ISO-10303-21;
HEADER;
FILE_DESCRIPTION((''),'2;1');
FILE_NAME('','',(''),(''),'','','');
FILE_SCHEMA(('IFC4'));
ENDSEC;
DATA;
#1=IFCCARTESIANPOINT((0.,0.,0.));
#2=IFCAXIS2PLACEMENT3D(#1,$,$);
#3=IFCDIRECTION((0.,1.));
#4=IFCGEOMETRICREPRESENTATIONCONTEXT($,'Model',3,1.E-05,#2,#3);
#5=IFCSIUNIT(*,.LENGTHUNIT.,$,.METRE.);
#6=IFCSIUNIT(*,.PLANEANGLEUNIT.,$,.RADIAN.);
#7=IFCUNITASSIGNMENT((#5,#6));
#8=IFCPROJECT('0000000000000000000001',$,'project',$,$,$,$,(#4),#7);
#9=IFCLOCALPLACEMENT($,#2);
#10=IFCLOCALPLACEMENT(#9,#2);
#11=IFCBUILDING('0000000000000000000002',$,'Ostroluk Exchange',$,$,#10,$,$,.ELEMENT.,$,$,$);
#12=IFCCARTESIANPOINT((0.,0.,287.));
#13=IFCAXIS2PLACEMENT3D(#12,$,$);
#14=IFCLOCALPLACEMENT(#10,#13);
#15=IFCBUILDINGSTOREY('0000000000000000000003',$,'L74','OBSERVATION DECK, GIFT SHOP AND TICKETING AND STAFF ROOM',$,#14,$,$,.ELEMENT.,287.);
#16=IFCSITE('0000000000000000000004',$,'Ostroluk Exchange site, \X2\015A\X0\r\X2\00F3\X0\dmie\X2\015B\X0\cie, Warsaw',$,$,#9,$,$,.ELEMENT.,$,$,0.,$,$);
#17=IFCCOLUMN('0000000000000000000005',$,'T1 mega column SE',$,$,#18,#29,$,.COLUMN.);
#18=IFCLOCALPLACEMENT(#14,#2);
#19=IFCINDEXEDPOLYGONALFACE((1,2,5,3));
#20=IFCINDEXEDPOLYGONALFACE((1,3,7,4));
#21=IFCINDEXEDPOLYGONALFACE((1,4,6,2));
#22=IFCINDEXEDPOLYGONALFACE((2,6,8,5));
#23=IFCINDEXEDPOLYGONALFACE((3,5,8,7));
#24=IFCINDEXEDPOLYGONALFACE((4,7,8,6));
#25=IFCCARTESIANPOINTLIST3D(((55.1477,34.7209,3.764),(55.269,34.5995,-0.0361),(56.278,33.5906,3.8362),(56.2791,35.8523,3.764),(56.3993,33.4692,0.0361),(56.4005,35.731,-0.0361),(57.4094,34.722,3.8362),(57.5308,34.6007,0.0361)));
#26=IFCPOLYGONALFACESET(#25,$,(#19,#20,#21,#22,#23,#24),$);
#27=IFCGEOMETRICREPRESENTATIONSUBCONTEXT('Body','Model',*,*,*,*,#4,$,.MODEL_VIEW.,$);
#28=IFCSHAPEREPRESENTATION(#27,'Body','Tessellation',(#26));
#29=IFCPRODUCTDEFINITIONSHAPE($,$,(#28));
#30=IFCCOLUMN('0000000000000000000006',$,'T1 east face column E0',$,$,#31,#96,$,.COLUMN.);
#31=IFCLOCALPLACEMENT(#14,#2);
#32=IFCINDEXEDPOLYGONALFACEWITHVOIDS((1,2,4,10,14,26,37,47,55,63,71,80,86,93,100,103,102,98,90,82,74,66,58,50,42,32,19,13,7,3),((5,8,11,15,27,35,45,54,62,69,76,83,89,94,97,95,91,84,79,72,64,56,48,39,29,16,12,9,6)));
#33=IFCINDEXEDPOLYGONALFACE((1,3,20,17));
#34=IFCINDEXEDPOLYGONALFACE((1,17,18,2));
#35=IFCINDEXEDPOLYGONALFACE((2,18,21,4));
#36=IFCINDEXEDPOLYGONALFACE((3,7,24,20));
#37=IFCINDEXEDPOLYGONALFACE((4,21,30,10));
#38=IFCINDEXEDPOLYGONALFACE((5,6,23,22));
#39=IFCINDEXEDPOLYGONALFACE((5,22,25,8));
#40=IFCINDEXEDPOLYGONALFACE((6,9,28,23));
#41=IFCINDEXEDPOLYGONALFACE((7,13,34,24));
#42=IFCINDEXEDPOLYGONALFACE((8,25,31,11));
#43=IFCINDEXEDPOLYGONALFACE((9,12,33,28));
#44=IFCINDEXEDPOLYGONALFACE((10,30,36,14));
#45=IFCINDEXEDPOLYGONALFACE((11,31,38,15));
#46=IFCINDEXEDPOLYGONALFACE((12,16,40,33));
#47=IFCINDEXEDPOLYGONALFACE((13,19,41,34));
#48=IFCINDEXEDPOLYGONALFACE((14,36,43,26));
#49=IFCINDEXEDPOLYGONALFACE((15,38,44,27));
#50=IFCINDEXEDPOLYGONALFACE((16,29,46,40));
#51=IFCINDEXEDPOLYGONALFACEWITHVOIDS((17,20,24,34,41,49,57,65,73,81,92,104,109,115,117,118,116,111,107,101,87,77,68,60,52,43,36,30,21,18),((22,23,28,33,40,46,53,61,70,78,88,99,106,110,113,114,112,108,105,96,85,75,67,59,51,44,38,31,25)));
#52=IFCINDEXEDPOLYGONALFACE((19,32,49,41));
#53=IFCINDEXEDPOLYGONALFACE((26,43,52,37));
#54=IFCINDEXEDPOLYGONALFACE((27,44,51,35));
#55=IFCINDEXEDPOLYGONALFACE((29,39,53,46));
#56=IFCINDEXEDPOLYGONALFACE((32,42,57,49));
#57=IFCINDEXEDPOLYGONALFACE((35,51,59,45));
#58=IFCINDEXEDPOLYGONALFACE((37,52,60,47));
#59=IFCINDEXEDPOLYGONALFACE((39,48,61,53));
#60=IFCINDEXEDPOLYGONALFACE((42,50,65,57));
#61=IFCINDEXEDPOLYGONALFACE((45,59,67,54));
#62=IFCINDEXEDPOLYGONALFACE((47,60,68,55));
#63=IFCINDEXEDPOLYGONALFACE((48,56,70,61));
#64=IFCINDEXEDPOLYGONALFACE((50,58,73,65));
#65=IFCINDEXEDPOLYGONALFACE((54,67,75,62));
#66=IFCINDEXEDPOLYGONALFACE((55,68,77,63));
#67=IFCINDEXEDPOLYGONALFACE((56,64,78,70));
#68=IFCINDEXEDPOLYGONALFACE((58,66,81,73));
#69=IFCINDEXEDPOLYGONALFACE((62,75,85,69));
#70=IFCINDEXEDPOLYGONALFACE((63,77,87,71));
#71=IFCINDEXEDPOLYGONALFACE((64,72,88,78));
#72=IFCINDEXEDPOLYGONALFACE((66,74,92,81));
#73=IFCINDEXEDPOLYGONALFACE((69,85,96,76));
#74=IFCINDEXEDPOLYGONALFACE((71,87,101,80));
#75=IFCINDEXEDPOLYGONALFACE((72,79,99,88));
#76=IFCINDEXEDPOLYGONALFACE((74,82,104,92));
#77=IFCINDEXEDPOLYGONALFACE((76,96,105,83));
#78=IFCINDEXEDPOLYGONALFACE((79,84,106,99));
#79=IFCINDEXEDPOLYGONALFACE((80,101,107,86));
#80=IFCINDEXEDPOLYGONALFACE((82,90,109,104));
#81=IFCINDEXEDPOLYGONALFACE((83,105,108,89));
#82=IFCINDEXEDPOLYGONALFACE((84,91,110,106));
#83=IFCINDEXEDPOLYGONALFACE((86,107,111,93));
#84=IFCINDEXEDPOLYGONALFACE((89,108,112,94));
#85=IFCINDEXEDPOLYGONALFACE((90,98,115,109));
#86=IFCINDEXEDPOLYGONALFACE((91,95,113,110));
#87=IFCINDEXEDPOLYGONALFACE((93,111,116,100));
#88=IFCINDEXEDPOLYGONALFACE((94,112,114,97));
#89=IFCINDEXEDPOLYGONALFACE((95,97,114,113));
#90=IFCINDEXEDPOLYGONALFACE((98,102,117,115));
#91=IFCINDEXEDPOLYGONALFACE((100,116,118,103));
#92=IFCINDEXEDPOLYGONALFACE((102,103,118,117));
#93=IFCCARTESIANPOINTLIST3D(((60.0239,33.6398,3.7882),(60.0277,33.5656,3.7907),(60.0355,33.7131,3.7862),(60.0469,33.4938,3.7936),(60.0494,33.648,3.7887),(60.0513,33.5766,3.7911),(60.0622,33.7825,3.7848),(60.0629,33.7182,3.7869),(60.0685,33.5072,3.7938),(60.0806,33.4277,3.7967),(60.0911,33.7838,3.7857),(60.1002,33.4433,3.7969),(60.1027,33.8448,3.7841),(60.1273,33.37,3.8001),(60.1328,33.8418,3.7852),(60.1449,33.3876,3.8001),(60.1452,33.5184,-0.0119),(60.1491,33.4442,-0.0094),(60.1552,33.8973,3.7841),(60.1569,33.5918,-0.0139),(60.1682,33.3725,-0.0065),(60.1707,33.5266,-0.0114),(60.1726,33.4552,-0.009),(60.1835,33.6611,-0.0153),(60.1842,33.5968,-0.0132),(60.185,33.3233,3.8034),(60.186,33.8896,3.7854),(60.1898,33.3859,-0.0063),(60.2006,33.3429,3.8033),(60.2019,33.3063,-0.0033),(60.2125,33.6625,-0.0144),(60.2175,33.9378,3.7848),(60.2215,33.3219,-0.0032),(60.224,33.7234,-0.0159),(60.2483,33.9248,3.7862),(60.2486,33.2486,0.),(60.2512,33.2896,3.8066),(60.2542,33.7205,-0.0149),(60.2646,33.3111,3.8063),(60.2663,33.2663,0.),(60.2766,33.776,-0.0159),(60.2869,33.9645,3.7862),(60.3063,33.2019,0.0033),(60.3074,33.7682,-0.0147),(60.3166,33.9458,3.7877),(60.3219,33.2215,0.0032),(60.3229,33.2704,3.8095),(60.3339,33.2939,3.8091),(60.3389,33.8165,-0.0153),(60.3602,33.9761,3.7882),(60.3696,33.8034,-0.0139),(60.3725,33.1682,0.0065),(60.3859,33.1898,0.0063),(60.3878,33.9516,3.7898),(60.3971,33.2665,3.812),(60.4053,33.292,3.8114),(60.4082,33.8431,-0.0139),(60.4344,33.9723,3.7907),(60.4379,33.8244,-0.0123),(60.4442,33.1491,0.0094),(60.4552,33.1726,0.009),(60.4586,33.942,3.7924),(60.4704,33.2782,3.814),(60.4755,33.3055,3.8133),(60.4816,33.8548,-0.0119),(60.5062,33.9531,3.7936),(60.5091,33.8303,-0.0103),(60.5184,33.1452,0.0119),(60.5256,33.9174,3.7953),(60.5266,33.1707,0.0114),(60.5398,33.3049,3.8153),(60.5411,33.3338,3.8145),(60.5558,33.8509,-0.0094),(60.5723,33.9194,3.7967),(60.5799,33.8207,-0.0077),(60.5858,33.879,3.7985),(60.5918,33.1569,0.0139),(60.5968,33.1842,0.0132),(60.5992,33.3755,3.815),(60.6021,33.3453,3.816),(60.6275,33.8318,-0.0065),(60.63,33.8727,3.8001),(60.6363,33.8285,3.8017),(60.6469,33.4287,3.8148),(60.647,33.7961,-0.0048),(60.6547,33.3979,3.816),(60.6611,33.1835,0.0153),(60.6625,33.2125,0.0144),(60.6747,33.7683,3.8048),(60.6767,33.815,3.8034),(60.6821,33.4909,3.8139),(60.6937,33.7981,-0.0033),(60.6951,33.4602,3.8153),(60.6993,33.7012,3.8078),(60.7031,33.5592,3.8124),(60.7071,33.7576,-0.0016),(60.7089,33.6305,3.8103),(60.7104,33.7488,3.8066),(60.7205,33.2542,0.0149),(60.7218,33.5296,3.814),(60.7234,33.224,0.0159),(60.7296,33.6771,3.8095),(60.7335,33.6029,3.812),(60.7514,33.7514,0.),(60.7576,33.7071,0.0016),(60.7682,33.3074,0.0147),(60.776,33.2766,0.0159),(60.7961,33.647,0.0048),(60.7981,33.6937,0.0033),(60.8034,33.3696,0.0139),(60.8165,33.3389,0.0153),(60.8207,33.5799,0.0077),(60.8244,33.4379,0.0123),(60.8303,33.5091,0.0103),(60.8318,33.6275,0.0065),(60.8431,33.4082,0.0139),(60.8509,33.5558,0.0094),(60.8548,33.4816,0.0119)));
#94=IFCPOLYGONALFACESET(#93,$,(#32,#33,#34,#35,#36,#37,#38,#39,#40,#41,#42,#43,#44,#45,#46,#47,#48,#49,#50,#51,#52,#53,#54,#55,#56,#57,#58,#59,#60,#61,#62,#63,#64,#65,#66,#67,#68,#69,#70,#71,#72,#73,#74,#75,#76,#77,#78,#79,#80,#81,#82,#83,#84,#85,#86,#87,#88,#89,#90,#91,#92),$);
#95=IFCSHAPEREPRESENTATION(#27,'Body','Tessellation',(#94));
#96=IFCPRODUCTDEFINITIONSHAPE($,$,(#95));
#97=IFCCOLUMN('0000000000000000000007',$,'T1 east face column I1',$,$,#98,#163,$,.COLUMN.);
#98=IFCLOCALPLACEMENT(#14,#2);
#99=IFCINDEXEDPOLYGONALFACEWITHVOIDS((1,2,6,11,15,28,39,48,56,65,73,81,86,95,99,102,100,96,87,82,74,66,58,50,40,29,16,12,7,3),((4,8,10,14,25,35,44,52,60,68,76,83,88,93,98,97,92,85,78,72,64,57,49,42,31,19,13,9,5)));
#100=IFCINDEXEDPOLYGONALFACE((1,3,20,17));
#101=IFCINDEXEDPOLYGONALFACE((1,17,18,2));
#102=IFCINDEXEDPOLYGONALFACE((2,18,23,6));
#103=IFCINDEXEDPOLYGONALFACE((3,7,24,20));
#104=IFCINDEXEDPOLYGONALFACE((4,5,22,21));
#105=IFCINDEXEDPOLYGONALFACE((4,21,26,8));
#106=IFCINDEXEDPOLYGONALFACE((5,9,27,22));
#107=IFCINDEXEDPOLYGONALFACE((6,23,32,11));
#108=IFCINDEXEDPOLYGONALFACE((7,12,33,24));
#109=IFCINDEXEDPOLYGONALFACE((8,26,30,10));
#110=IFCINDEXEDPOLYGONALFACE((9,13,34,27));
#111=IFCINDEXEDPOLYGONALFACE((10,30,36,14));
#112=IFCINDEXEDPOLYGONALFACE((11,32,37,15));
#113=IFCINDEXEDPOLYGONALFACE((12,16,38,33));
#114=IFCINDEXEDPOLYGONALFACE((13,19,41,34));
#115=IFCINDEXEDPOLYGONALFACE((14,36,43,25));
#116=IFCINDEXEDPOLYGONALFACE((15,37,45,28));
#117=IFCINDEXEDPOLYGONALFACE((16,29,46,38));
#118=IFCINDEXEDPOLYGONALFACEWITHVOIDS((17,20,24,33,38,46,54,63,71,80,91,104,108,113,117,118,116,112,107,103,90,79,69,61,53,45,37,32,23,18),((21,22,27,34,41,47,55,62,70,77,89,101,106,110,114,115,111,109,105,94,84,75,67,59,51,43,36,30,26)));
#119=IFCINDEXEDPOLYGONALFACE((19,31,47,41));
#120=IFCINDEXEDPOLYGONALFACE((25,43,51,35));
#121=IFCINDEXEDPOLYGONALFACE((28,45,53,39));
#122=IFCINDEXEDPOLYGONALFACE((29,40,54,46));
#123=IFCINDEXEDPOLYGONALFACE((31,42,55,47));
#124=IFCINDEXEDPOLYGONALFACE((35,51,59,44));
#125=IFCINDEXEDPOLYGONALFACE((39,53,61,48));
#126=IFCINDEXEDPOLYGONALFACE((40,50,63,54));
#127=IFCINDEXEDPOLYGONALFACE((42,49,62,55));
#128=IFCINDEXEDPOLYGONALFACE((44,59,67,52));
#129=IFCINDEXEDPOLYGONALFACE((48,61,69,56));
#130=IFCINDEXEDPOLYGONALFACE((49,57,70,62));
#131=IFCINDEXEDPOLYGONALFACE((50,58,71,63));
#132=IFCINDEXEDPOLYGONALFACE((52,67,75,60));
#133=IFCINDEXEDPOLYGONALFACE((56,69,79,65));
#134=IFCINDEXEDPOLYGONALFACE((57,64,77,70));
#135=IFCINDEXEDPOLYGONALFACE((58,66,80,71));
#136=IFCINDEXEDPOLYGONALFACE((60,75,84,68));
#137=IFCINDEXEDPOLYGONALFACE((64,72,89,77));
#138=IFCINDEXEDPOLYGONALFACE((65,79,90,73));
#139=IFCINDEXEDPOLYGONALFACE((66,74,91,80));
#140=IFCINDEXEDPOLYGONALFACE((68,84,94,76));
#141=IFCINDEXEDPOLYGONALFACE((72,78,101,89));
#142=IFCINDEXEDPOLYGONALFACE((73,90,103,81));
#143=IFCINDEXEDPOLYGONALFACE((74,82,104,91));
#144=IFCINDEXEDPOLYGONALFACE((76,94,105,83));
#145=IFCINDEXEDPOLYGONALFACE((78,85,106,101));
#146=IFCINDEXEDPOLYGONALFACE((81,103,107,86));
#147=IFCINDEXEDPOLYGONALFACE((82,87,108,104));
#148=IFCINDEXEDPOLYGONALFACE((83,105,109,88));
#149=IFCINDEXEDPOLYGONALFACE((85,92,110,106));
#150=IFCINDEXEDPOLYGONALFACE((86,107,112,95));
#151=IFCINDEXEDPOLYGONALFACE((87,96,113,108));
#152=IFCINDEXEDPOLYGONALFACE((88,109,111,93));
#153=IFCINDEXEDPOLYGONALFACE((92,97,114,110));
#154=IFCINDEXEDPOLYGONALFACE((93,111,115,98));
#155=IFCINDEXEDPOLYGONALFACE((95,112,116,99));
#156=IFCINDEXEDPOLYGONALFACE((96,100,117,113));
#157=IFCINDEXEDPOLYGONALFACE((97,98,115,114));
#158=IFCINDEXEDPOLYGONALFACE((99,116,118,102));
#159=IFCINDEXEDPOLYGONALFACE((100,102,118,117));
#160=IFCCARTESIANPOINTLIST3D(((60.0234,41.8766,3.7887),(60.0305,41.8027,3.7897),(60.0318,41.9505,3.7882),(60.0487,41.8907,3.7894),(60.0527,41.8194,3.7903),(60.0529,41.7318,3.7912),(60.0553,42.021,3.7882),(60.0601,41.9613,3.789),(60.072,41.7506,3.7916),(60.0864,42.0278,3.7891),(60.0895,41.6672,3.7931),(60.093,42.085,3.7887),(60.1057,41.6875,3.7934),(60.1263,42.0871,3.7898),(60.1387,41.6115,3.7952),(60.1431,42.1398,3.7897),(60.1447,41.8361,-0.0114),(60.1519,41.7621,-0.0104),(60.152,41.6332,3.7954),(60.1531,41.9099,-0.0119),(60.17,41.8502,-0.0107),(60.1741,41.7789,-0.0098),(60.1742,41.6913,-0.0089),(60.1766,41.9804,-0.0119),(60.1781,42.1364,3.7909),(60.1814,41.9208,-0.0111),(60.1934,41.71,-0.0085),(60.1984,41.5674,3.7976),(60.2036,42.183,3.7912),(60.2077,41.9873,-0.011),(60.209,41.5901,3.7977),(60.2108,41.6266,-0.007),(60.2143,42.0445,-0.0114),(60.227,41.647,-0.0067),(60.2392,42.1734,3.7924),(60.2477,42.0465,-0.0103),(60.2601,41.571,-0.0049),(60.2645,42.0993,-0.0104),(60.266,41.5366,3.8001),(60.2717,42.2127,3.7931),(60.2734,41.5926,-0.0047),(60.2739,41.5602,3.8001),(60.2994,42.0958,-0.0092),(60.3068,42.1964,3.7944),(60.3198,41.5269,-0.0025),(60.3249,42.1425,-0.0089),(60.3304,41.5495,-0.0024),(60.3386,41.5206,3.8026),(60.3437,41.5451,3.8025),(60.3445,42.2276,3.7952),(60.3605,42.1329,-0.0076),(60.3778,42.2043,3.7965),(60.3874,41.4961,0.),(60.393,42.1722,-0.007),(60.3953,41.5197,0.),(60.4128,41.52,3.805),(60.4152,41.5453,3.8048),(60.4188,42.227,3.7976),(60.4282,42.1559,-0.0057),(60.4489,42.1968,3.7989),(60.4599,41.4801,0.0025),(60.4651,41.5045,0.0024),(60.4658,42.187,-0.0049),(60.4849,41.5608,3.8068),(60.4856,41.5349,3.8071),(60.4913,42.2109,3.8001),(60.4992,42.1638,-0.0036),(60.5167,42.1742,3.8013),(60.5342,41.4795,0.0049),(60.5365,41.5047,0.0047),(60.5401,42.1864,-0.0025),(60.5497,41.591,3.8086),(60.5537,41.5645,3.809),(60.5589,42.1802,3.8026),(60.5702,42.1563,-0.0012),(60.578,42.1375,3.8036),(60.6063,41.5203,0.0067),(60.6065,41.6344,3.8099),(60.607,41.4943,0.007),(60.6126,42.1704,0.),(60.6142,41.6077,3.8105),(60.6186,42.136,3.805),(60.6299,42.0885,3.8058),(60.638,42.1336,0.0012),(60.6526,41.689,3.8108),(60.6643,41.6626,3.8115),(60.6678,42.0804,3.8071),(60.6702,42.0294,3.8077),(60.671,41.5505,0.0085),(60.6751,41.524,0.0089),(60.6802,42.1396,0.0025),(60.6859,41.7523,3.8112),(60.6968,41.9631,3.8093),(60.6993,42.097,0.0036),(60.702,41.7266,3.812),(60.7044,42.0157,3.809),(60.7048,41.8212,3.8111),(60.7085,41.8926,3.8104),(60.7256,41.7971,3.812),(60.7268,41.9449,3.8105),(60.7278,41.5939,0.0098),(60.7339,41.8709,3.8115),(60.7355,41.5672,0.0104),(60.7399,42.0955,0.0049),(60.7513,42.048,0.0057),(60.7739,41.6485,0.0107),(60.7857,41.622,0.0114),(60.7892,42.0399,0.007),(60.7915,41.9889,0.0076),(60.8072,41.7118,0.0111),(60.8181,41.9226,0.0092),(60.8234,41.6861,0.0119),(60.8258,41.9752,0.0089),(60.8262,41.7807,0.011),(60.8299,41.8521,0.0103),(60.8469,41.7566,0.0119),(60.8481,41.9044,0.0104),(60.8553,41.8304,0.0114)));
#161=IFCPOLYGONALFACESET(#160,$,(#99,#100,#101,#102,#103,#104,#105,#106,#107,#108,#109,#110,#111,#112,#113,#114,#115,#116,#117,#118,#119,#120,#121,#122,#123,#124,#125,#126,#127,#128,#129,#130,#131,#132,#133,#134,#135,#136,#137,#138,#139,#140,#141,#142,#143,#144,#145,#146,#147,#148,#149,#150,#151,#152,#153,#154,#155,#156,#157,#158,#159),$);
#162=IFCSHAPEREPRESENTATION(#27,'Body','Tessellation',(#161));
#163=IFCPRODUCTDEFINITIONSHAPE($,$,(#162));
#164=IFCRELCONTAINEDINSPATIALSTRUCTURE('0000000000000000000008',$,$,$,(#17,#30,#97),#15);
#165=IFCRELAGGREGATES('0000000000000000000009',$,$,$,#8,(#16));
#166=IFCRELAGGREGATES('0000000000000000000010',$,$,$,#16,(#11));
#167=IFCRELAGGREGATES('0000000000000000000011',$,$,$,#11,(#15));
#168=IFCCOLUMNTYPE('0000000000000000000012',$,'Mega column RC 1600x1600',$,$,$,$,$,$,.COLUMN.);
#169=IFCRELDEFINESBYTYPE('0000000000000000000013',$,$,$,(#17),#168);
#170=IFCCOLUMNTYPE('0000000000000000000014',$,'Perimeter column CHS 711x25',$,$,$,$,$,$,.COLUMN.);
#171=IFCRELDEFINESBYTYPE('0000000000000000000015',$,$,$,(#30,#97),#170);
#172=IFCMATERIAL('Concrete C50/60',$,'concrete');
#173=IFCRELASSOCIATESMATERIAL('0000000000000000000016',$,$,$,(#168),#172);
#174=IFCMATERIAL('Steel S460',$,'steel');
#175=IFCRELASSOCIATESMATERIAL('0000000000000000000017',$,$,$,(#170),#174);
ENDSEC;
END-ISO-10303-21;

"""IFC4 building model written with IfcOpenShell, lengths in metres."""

from ifc_helpers import new_model, si_unit, direction, frame, origin, origin_2d, place, context, subcontext, project, spatial, rectangle, hollow_circle, extrude, material, material_profile, profile_set, type_object, element, save


model = new_model("IFC4")

# Units and contexts
model_context = context("Model", 3, precision=1e-05, world=origin(), true_north=direction((0.0, 1.0)))
body_context = subcontext(model_context, "Body", "Model", "MODEL_VIEW")
ifc_project = project(units=[si_unit("LENGTHUNIT", "METRE"), si_unit("PLANEANGLEUNIT", "RADIAN")], contexts=[model_context])

# Site, building, storey
site_placement = place(None, origin())
site = spatial("IfcSite", under=ifc_project, at=site_placement, Name="Ostroluk Exchange site, Śródmieście, Warsaw", CompositionType="ELEMENT", RefElevation=0.0)
building_placement = place(site_placement, origin())
building = spatial("IfcBuilding", under=site, at=building_placement, Name="Ostroluk Exchange", CompositionType="ELEMENT")
storey_placement = place(building_placement, frame((0.0, 0.0, 287.0)))
storey = spatial("IfcBuildingStorey", under=building, at=storey_placement, Name="L74", Description="OBSERVATION DECK, GIFT SHOP AND TICKETING AND STAFF ROOM", CompositionType="ELEMENT", Elevation=287.0)

# Columns
ifc_material_1 = material(Name="Concrete C50/60", Category="concrete")
ifc_material_profile_1 = material_profile(ifc_material_1, rectangle(XDim=1.6001, YDim=1.6001, at=origin_2d()), Name="RC 1600x1600")
ifc_profile_set_1 = profile_set([ifc_material_profile_1], Name="Concrete C50/60")
column_type_1 = type_object("IfcColumnType", Name="Mega column RC 1600x1600", PredefinedType="COLUMN", material=ifc_profile_set_1)
column_1_placement = place(storey_placement, frame((56.3999, 34.6001, 0.0), z_axis=(-0.031898, 0.031898, 0.998982), x_axis=(-0.707107, -0.707107, 0.0)))
element("IfcColumn", 1, at=column_1_placement, inside=storey, type_object=column_type_1, Name="T1 mega column SE", PredefinedType="COLUMN", context=body_context, shape_type="SweptSolid", body=[
    extrude(rectangle(XDim=1.6001, YDim=1.6001, at=origin_2d()), origin(), (0.0, 0.0, 1.0), 3.804),
])
ifc_material_2 = material(Name="Steel S460", Category="steel")
ifc_material_profile_2 = material_profile(ifc_material_2, hollow_circle(Radius=0.3555, WallThickness=0.0249, at=origin_2d()), Name="CHS 711x25")
ifc_profile_set_2 = profile_set([ifc_material_profile_2], Name="Steel S460")
column_type_2 = type_object("IfcColumnType", Name="Perimeter column CHS 711x25", PredefinedType="COLUMN", material=ifc_profile_set_2)
column_2_placement = place(storey_placement, frame((60.5, 33.5, 0.0), z_axis=(-0.031898, 0.031898, 0.998982), x_axis=(-0.707107, -0.707107, 0.0)))
element("IfcColumn", 2, at=column_2_placement, inside=storey, type_object=column_type_2, Name="T1 east face column E0", PredefinedType="COLUMN", context=body_context, shape_type="SweptSolid", body=[
    extrude(hollow_circle(Radius=0.3555, WallThickness=0.0249, at=origin_2d()), origin(), (0.0, 0.0, 1.0), 3.804),
])
column_3_placement = place(storey_placement, frame((60.5, 41.8333, 0.0), z_axis=(-0.031913, 0.010659, 0.999434), x_axis=(-0.3168, -0.948492, 0.0)))
element("IfcColumn", 3, at=column_3_placement, inside=storey, type_object=column_type_2, Name="T1 east face column I1", PredefinedType="COLUMN", context=body_context, shape_type="SweptSolid", body=[
    extrude(hollow_circle(Radius=0.3555, WallThickness=0.0249, at=origin_2d()), origin(), (0.0, 0.0, 1.0), 3.8022),
])

save(model, "model.ifc")
